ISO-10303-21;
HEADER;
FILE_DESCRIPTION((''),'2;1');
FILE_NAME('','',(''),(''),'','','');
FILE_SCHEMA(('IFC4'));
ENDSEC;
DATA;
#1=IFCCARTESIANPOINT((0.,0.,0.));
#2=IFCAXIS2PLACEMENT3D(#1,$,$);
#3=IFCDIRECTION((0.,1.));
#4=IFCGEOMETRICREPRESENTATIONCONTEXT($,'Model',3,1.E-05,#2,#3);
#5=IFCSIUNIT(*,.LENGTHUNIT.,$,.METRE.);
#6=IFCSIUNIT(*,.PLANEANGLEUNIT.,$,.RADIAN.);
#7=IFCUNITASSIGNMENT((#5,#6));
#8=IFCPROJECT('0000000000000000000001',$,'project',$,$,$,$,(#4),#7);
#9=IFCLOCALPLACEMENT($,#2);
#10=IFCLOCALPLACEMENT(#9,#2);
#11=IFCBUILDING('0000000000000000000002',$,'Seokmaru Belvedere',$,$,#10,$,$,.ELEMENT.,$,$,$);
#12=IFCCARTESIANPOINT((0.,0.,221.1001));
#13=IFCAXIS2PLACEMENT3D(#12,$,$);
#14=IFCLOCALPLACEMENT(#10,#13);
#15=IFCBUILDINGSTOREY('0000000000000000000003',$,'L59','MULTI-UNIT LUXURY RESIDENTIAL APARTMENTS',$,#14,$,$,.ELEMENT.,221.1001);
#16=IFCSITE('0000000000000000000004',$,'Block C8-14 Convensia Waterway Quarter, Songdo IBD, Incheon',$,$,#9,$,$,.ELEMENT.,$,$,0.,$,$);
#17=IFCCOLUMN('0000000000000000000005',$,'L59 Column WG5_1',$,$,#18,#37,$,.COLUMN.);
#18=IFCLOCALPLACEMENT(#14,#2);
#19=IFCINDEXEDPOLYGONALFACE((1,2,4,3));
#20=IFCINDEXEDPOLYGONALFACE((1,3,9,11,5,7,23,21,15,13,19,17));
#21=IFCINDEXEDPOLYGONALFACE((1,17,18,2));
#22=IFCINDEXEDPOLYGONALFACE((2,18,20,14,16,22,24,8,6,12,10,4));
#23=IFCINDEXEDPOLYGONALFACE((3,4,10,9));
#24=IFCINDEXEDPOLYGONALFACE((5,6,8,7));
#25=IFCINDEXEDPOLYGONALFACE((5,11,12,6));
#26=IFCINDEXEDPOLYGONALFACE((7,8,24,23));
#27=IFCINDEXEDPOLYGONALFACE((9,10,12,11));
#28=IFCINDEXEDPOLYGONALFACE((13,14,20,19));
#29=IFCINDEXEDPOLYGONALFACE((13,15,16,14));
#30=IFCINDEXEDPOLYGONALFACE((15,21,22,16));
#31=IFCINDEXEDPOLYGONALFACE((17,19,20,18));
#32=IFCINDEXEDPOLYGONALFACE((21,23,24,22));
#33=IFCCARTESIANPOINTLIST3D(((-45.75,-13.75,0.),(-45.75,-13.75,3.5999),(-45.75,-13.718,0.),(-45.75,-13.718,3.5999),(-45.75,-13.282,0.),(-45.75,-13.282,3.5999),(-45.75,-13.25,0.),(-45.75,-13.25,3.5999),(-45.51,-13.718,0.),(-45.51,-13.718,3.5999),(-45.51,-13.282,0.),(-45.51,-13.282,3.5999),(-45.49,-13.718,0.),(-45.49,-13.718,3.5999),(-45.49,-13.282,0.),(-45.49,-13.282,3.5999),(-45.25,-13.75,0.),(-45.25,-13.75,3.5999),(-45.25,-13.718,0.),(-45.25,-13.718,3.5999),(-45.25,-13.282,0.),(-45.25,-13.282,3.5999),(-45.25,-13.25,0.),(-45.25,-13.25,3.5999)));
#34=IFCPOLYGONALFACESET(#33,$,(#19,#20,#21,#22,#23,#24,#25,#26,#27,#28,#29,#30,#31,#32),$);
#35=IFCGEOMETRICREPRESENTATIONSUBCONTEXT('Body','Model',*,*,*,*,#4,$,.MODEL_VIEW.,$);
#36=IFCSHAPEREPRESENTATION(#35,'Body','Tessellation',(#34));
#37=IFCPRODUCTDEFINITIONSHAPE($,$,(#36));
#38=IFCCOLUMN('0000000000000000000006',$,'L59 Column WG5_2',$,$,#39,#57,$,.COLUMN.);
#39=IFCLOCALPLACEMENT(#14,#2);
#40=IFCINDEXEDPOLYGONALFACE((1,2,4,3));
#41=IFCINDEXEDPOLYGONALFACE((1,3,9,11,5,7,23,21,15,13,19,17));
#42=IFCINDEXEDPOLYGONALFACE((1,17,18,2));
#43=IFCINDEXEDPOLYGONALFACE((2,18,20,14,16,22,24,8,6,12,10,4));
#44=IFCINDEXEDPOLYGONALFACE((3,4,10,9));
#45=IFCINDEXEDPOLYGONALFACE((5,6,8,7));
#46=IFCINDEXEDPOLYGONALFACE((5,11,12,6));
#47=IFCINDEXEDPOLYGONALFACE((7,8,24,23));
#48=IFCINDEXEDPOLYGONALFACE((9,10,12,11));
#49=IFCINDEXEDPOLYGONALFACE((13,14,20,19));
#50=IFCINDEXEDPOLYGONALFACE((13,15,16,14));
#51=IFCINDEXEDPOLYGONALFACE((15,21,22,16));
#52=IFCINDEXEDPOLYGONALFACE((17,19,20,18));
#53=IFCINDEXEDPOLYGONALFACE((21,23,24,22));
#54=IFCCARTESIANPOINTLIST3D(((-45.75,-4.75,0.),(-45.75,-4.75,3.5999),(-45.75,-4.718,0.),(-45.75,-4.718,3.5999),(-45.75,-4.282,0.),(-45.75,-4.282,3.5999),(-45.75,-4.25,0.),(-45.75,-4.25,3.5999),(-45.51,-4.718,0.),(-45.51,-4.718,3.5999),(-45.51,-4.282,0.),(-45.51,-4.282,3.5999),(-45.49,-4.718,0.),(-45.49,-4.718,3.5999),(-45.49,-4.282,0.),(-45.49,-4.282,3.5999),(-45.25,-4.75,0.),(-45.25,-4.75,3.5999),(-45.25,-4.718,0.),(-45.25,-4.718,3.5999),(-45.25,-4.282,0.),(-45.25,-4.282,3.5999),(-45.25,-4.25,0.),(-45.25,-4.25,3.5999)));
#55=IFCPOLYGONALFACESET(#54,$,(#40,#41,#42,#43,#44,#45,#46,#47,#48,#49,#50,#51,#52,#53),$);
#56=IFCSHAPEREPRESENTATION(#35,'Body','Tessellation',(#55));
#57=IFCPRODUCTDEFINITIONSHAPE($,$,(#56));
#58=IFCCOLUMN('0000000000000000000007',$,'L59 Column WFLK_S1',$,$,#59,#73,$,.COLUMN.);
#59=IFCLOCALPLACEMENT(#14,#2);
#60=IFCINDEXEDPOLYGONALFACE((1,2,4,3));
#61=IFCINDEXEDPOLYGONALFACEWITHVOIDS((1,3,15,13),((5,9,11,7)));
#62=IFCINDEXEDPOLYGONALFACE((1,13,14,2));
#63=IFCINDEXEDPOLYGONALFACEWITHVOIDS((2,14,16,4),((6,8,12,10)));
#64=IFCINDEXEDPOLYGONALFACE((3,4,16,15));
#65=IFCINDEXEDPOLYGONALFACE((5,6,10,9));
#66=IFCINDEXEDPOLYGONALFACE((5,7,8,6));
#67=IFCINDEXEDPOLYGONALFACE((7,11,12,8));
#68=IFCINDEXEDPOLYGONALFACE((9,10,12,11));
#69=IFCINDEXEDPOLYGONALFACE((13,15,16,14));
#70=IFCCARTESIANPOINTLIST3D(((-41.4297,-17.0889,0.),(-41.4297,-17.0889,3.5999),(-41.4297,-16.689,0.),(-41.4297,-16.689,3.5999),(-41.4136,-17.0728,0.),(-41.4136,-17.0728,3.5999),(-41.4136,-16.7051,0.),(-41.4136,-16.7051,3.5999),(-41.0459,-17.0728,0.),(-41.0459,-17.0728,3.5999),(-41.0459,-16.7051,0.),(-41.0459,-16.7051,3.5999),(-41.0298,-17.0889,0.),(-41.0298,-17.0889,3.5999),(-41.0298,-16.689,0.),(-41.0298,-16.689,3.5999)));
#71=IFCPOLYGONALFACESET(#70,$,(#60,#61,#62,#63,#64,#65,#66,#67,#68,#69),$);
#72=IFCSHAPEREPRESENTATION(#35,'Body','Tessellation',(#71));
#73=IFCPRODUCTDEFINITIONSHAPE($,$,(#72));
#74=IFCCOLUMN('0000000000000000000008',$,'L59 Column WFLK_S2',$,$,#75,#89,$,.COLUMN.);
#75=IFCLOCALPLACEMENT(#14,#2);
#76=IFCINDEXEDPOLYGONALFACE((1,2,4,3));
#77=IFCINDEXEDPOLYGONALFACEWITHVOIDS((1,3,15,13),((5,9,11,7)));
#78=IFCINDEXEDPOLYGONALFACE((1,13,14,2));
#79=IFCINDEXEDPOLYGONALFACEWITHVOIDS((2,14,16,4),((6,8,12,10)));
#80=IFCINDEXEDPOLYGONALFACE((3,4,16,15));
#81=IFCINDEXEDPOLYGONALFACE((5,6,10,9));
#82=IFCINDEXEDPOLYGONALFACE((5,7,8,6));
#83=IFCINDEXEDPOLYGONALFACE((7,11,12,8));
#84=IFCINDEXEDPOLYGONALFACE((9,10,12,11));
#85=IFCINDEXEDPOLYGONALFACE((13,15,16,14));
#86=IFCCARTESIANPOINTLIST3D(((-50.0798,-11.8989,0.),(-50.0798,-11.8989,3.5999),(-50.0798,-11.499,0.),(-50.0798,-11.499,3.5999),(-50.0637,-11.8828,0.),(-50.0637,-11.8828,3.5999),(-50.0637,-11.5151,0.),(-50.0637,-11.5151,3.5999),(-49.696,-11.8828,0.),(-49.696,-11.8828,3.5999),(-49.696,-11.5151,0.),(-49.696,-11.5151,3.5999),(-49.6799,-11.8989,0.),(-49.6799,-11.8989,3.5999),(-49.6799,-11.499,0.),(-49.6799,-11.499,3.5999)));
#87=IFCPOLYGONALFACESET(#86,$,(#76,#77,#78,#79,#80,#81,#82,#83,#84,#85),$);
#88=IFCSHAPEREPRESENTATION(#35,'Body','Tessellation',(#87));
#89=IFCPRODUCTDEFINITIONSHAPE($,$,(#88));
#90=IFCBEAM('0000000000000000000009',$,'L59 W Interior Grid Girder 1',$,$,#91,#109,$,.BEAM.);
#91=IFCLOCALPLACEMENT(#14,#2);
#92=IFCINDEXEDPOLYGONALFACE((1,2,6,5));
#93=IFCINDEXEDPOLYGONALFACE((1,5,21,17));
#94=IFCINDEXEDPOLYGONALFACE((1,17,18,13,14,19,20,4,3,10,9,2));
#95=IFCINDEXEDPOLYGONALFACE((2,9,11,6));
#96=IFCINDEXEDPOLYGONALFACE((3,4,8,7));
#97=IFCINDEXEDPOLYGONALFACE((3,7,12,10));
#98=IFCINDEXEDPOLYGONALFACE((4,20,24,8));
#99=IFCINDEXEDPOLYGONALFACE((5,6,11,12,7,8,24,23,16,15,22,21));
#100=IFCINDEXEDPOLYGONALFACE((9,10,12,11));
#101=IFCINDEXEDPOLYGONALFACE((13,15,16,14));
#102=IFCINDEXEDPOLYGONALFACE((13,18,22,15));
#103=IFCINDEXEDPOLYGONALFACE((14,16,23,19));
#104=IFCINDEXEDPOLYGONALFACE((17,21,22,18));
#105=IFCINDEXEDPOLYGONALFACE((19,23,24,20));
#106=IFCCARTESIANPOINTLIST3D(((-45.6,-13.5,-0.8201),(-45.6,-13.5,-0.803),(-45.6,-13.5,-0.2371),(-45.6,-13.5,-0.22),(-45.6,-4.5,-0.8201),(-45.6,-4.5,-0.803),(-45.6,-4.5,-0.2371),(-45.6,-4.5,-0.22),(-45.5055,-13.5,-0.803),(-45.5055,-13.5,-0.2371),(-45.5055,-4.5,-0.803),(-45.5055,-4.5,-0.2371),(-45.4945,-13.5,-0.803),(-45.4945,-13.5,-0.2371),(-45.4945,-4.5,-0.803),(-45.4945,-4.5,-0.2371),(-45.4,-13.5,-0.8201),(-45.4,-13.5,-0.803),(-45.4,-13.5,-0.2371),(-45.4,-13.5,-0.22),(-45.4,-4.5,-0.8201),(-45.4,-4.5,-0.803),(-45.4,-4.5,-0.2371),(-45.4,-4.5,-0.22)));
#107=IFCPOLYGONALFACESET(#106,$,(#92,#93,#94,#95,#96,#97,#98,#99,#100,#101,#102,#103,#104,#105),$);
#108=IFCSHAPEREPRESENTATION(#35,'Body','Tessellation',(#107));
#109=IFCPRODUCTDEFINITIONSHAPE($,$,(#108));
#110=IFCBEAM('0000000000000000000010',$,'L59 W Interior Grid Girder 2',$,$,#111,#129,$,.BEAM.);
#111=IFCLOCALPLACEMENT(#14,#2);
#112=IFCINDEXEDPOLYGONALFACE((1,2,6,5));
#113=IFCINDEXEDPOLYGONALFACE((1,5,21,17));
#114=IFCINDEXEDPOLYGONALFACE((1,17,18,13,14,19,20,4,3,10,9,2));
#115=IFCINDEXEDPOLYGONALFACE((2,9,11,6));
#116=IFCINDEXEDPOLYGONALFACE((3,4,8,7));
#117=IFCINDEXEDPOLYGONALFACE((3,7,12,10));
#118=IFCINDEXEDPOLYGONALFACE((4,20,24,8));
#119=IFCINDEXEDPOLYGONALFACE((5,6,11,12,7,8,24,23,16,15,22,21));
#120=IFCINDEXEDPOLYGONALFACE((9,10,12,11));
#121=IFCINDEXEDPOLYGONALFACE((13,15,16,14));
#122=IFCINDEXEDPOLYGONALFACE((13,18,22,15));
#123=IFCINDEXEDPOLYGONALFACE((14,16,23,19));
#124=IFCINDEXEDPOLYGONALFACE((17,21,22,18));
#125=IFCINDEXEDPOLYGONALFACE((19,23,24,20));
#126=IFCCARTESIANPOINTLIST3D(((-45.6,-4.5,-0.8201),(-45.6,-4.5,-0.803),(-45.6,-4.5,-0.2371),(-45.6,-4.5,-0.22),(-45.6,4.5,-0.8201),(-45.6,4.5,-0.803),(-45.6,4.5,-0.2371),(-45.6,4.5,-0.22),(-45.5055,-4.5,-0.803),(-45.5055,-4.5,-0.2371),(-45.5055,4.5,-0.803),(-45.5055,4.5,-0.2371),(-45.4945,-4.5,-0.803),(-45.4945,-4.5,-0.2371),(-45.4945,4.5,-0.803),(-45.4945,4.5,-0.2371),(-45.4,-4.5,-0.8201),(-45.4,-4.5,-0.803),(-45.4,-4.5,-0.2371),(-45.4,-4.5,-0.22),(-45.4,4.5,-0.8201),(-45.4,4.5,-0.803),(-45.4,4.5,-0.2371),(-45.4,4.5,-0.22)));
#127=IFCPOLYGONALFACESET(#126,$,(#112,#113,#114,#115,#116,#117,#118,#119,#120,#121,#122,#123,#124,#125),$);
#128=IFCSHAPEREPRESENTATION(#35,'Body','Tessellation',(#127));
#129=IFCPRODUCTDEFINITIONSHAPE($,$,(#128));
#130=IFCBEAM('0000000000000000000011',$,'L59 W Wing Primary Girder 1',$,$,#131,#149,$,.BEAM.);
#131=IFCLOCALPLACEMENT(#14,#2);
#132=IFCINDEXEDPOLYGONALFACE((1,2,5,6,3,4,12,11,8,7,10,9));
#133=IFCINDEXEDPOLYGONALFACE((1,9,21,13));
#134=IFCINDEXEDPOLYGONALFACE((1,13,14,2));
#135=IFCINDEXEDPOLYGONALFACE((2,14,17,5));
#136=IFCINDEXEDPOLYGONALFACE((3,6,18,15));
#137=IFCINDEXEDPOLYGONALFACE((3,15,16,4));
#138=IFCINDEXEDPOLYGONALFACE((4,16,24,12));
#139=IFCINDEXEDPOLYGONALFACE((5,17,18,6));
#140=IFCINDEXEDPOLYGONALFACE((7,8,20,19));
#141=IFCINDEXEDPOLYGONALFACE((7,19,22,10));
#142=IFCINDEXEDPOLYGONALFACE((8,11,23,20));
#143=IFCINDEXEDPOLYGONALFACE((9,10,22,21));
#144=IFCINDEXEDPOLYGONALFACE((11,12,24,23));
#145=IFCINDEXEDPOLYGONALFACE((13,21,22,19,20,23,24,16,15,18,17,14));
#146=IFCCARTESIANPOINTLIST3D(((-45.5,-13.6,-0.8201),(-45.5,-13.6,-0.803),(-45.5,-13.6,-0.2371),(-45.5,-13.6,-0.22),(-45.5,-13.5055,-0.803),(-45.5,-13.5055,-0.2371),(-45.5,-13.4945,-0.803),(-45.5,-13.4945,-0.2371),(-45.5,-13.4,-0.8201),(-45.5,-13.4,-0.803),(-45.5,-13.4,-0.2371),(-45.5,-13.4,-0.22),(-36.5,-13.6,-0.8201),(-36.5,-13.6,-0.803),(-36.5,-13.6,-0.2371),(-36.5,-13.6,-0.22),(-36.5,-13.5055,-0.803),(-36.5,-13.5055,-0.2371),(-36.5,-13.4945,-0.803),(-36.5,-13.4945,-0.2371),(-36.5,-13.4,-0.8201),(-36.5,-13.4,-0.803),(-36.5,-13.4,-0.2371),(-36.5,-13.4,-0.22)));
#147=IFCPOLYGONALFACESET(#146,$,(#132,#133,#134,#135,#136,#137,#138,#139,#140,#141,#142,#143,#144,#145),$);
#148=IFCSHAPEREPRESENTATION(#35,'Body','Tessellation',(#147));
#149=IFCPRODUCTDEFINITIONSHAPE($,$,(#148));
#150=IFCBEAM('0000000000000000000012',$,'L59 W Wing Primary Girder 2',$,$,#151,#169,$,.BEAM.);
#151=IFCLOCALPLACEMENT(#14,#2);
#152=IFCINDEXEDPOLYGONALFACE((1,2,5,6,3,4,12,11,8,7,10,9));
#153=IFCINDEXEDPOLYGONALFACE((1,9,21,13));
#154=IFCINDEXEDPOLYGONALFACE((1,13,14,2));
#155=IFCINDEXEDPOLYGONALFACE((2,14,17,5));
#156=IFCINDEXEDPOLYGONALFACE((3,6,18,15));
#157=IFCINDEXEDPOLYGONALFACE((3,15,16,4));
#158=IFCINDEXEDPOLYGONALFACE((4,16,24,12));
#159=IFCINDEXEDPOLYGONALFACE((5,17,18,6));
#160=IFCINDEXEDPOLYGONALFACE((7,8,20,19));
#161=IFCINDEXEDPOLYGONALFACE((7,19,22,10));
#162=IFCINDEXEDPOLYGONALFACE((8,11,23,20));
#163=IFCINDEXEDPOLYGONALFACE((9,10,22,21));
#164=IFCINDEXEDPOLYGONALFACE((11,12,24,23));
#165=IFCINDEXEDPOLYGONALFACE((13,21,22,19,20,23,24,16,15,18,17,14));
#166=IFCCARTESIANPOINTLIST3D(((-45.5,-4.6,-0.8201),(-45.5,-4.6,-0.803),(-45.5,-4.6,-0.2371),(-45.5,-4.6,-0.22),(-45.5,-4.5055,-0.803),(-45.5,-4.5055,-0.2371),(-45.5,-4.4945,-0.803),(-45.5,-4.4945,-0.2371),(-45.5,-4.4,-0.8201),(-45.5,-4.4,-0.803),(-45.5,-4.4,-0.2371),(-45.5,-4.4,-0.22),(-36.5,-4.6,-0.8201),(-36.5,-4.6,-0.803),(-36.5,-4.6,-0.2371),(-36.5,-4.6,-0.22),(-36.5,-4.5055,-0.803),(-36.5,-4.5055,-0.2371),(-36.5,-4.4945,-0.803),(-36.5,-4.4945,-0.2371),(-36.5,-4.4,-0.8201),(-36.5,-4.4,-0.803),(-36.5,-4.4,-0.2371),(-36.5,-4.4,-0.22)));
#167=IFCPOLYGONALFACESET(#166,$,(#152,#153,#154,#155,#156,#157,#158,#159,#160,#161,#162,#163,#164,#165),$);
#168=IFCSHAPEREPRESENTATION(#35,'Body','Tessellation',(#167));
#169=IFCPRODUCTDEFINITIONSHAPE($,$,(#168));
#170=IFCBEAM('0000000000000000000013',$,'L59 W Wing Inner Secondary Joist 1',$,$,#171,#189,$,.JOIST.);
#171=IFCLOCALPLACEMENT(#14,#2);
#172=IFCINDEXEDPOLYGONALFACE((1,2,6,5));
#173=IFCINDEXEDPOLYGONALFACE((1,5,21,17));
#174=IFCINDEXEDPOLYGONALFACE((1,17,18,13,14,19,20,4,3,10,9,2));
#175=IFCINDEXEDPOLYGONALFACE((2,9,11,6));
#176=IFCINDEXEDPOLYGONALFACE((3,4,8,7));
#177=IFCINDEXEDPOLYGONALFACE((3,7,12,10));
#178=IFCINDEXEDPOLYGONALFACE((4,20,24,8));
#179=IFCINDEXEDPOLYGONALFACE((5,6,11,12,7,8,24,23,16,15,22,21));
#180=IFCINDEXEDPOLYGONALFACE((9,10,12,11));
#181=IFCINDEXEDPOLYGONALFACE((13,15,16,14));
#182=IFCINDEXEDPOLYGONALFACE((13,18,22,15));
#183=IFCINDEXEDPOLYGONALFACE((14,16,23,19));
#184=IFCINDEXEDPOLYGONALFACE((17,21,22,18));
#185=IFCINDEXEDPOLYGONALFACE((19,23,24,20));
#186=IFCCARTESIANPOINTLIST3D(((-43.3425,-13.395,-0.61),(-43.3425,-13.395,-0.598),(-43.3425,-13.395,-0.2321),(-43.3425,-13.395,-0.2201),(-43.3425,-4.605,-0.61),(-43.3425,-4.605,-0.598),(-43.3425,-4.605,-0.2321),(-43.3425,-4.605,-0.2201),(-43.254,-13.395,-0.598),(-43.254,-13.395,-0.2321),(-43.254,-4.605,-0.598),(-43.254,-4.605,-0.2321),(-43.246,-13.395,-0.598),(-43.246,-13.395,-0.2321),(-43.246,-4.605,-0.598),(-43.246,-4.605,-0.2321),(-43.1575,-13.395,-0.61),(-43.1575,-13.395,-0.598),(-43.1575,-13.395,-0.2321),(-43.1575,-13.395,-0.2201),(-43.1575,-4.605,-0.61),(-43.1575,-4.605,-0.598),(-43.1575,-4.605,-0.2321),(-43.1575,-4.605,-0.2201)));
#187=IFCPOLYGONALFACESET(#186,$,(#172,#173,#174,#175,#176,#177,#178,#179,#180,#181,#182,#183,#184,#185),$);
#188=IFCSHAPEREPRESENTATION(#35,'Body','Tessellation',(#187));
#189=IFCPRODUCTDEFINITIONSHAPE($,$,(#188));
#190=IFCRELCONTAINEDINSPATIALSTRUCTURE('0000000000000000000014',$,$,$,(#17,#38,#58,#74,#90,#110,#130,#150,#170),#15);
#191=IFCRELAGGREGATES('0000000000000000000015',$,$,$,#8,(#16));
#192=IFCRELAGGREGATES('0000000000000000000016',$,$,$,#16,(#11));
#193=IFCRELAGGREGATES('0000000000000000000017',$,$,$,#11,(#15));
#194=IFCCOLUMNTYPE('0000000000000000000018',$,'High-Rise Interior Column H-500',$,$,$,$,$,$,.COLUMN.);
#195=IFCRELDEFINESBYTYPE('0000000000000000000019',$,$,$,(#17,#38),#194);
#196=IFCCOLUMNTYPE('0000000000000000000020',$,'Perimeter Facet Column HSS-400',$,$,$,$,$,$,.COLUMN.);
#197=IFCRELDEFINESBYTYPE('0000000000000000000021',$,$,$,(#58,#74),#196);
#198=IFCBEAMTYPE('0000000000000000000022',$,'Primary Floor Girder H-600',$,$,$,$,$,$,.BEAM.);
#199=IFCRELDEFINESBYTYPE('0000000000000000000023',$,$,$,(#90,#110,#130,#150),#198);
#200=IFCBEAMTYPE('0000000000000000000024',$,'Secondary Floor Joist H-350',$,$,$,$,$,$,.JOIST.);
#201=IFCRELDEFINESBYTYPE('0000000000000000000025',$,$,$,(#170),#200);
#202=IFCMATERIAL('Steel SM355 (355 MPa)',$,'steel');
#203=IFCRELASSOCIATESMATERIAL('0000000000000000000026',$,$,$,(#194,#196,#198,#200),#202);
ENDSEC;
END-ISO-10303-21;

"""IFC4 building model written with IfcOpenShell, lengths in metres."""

from ifc_helpers import new_model, si_unit, direction, frame, origin, origin_2d, place, context, subcontext, project, spatial, hollow_rectangle, i_section, extrude, source, transform, mapped, material, material_profile, profile_set, type_object, type_shapes, element, save


model = new_model("IFC4")

# Units and contexts
model_context = context("Model", 3, precision=1e-05, world=origin(), true_north=direction((0.0, 1.0)))
body_context = subcontext(model_context, "Body", "Model", "MODEL_VIEW")
ifc_project = project(units=[si_unit("LENGTHUNIT", "METRE"), si_unit("PLANEANGLEUNIT", "RADIAN")], contexts=[model_context])

# Site, building, storey
site_placement = place(None, origin())
site = spatial("IfcSite", under=ifc_project, at=site_placement, Name="Block C8-14 Convensia Waterway Quarter, Songdo IBD, Incheon", CompositionType="ELEMENT", RefElevation=0.0)
building_placement = place(site_placement, origin())
building = spatial("IfcBuilding", under=site, at=building_placement, Name="Seokmaru Belvedere", CompositionType="ELEMENT")
storey_placement = place(building_placement, frame((0.0, 0.0, 221.1001)))
storey = spatial("IfcBuildingStorey", under=building, at=storey_placement, Name="L59", Description="MULTI-UNIT LUXURY RESIDENTIAL APARTMENTS", CompositionType="ELEMENT", Elevation=221.1001)

# Columns
ifc_material_1 = material(Name="Steel SM355 (355 MPa)", Category="steel")
ifc_material_profile_1 = material_profile(ifc_material_1, i_section(OverallWidth=0.5, OverallDepth=0.5, WebThickness=0.02, FlangeThickness=0.032, at=origin_2d()), Name="H-500x500x20x32")
ifc_profile_set_1 = profile_set([ifc_material_profile_1], Name="Steel SM355 (355 MPa)")
column_type_1 = type_object("IfcColumnType", Name="High-Rise Interior Column H-500", PredefinedType="COLUMN", material=ifc_profile_set_1)
shared_shape_1 = source(origin(), body_context, "Body", "SweptSolid", [
    extrude(i_section(OverallWidth=0.5, OverallDepth=0.5, WebThickness=0.02, FlangeThickness=0.032, at=origin_2d()), origin(), (0.0, 0.0, 1.0), 3.5999),
])
type_shapes(column_type_1, [shared_shape_1])
for number, where, z_axis, x_axis, name in (
    (1, (-45.5, -13.5, 0.0), (0.0, 0.0, 1.0), (1.0, 0.0, 0.0), "L59 Column WG5_1"),
    (2, (-45.5, -4.5, 0.0), (0.0, 0.0, 1.0), (1.0, 0.0, 0.0), "L59 Column WG5_2"),
):
    element("IfcColumn", number, at=place(storey_placement, frame(where, z_axis=z_axis, x_axis=x_axis)), inside=storey, type_object=column_type_1, Name=name, PredefinedType="COLUMN", context=body_context, shape_type="MappedRepresentation", body=[
        mapped(shared_shape_1, transform((0.0, 0.0, 0.0), scale=1.0)),
    ])
ifc_material_profile_2 = material_profile(ifc_material_1, hollow_rectangle(XDim=0.3999, YDim=0.3999, WallThickness=0.0161, at=origin_2d()), Name="HSS-400x400x16")
ifc_profile_set_2 = profile_set([ifc_material_profile_2], Name="Steel SM355 (355 MPa)")
column_type_2 = type_object("IfcColumnType", Name="Perimeter Facet Column HSS-400", PredefinedType="COLUMN", material=ifc_profile_set_2)
shared_shape_2 = source(origin(), body_context, "Body", "SweptSolid", [
    extrude(hollow_rectangle(XDim=0.3999, YDim=0.3999, WallThickness=0.0161, at=origin_2d()), origin(), (0.0, 0.0, 1.0), 3.5999),
])
type_shapes(column_type_2, [shared_shape_2])
for number, where, z_axis, x_axis, name in (
    (3, (-41.2297, -16.8889, 0.0), (0.0, 0.0, 1.0), (1.0, 0.0, 0.0), "L59 Column WFLK_S1"),
    (4, (-49.8799, -11.699, 0.0), (0.0, 0.0, 1.0), (1.0, 0.0, 0.0), "L59 Column WFLK_S2"),
):
    element("IfcColumn", number, at=place(storey_placement, frame(where, z_axis=z_axis, x_axis=x_axis)), inside=storey, type_object=column_type_2, Name=name, PredefinedType="COLUMN", context=body_context, shape_type="MappedRepresentation", body=[
        mapped(shared_shape_2, transform((0.0, 0.0, 0.0), scale=1.0)),
    ])

# Beams
ifc_material_profile_3 = material_profile(ifc_material_1, i_section(OverallWidth=0.2, OverallDepth=0.6001, WebThickness=0.011, FlangeThickness=0.0171, at=origin_2d()), Name="H-600x200x11x17")
ifc_profile_set_3 = profile_set([ifc_material_profile_3], Name="Steel SM355 (355 MPa)")
beam_type_1 = type_object("IfcBeamType", Name="Primary Floor Girder H-600", PredefinedType="BEAM", material=ifc_profile_set_3)
shared_shape_3 = source(origin(), body_context, "Body", "SweptSolid", [
    extrude(i_section(OverallWidth=0.2, OverallDepth=0.6001, WebThickness=0.011, FlangeThickness=0.0171, at=origin_2d()), origin(), (0.0, 0.0, 1.0), 9.0),
])
for number, where, z_axis, x_axis, name in (
    (5, (-45.5, -13.5, -0.52), (0.0, 1.0, 0.0), (-1.0, 0.0, 0.0), "L59 W Interior Grid Girder 1"),
    (6, (-45.5, -4.5, -0.52), (0.0, 1.0, 0.0), (-1.0, 0.0, 0.0), "L59 W Interior Grid Girder 2"),
    (7, (-45.5, -13.5, -0.52), (1.0, 0.0, 0.0), (0.0, 1.0, 0.0), "L59 W Wing Primary Girder 1"),
    (8, (-45.5, -4.5, -0.52), (1.0, 0.0, 0.0), (0.0, 1.0, 0.0), "L59 W Wing Primary Girder 2"),
):
    element("IfcBeam", number, at=place(storey_placement, frame(where, z_axis=z_axis, x_axis=x_axis)), inside=storey, type_object=beam_type_1, Name=name, PredefinedType="BEAM", context=body_context, shape_type="MappedRepresentation", body=[
        mapped(shared_shape_3, transform((0.0, 0.0, 0.0), scale=1.0)),
    ])
ifc_material_profile_4 = material_profile(ifc_material_1, i_section(OverallWidth=0.1851, OverallDepth=0.3899, WebThickness=0.0081, FlangeThickness=0.012, at=origin_2d()), Name="H-390x185x8x12")
ifc_profile_set_4 = profile_set([ifc_material_profile_4], Name="Steel SM355 (355 MPa)")
beam_type_2 = type_object("IfcBeamType", Name="Secondary Floor Joist H-350", PredefinedType="JOIST", material=ifc_profile_set_4)
shared_shape_4 = source(origin(), body_context, "Body", "SweptSolid", [
    extrude(i_section(OverallWidth=0.1851, OverallDepth=0.3899, WebThickness=0.0081, FlangeThickness=0.012, at=origin_2d()), origin(), (0.0, 0.0, 1.0), 8.79),
])
type_shapes(beam_type_2, [shared_shape_4])
for number, where, z_axis, x_axis, name in (
    (9, (-43.25, -13.395, -0.415), (0.0, 1.0, 0.0), (-1.0, 0.0, 0.0), "L59 W Wing Inner Secondary Joist 1"),
):
    element("IfcBeam", number, at=place(storey_placement, frame(where, z_axis=z_axis, x_axis=x_axis)), inside=storey, type_object=beam_type_2, Name=name, PredefinedType="JOIST", context=body_context, shape_type="MappedRepresentation", body=[
        mapped(shared_shape_4, transform((0.0, 0.0, 0.0), scale=1.0)),
    ])

save(model, "model.ifc")
